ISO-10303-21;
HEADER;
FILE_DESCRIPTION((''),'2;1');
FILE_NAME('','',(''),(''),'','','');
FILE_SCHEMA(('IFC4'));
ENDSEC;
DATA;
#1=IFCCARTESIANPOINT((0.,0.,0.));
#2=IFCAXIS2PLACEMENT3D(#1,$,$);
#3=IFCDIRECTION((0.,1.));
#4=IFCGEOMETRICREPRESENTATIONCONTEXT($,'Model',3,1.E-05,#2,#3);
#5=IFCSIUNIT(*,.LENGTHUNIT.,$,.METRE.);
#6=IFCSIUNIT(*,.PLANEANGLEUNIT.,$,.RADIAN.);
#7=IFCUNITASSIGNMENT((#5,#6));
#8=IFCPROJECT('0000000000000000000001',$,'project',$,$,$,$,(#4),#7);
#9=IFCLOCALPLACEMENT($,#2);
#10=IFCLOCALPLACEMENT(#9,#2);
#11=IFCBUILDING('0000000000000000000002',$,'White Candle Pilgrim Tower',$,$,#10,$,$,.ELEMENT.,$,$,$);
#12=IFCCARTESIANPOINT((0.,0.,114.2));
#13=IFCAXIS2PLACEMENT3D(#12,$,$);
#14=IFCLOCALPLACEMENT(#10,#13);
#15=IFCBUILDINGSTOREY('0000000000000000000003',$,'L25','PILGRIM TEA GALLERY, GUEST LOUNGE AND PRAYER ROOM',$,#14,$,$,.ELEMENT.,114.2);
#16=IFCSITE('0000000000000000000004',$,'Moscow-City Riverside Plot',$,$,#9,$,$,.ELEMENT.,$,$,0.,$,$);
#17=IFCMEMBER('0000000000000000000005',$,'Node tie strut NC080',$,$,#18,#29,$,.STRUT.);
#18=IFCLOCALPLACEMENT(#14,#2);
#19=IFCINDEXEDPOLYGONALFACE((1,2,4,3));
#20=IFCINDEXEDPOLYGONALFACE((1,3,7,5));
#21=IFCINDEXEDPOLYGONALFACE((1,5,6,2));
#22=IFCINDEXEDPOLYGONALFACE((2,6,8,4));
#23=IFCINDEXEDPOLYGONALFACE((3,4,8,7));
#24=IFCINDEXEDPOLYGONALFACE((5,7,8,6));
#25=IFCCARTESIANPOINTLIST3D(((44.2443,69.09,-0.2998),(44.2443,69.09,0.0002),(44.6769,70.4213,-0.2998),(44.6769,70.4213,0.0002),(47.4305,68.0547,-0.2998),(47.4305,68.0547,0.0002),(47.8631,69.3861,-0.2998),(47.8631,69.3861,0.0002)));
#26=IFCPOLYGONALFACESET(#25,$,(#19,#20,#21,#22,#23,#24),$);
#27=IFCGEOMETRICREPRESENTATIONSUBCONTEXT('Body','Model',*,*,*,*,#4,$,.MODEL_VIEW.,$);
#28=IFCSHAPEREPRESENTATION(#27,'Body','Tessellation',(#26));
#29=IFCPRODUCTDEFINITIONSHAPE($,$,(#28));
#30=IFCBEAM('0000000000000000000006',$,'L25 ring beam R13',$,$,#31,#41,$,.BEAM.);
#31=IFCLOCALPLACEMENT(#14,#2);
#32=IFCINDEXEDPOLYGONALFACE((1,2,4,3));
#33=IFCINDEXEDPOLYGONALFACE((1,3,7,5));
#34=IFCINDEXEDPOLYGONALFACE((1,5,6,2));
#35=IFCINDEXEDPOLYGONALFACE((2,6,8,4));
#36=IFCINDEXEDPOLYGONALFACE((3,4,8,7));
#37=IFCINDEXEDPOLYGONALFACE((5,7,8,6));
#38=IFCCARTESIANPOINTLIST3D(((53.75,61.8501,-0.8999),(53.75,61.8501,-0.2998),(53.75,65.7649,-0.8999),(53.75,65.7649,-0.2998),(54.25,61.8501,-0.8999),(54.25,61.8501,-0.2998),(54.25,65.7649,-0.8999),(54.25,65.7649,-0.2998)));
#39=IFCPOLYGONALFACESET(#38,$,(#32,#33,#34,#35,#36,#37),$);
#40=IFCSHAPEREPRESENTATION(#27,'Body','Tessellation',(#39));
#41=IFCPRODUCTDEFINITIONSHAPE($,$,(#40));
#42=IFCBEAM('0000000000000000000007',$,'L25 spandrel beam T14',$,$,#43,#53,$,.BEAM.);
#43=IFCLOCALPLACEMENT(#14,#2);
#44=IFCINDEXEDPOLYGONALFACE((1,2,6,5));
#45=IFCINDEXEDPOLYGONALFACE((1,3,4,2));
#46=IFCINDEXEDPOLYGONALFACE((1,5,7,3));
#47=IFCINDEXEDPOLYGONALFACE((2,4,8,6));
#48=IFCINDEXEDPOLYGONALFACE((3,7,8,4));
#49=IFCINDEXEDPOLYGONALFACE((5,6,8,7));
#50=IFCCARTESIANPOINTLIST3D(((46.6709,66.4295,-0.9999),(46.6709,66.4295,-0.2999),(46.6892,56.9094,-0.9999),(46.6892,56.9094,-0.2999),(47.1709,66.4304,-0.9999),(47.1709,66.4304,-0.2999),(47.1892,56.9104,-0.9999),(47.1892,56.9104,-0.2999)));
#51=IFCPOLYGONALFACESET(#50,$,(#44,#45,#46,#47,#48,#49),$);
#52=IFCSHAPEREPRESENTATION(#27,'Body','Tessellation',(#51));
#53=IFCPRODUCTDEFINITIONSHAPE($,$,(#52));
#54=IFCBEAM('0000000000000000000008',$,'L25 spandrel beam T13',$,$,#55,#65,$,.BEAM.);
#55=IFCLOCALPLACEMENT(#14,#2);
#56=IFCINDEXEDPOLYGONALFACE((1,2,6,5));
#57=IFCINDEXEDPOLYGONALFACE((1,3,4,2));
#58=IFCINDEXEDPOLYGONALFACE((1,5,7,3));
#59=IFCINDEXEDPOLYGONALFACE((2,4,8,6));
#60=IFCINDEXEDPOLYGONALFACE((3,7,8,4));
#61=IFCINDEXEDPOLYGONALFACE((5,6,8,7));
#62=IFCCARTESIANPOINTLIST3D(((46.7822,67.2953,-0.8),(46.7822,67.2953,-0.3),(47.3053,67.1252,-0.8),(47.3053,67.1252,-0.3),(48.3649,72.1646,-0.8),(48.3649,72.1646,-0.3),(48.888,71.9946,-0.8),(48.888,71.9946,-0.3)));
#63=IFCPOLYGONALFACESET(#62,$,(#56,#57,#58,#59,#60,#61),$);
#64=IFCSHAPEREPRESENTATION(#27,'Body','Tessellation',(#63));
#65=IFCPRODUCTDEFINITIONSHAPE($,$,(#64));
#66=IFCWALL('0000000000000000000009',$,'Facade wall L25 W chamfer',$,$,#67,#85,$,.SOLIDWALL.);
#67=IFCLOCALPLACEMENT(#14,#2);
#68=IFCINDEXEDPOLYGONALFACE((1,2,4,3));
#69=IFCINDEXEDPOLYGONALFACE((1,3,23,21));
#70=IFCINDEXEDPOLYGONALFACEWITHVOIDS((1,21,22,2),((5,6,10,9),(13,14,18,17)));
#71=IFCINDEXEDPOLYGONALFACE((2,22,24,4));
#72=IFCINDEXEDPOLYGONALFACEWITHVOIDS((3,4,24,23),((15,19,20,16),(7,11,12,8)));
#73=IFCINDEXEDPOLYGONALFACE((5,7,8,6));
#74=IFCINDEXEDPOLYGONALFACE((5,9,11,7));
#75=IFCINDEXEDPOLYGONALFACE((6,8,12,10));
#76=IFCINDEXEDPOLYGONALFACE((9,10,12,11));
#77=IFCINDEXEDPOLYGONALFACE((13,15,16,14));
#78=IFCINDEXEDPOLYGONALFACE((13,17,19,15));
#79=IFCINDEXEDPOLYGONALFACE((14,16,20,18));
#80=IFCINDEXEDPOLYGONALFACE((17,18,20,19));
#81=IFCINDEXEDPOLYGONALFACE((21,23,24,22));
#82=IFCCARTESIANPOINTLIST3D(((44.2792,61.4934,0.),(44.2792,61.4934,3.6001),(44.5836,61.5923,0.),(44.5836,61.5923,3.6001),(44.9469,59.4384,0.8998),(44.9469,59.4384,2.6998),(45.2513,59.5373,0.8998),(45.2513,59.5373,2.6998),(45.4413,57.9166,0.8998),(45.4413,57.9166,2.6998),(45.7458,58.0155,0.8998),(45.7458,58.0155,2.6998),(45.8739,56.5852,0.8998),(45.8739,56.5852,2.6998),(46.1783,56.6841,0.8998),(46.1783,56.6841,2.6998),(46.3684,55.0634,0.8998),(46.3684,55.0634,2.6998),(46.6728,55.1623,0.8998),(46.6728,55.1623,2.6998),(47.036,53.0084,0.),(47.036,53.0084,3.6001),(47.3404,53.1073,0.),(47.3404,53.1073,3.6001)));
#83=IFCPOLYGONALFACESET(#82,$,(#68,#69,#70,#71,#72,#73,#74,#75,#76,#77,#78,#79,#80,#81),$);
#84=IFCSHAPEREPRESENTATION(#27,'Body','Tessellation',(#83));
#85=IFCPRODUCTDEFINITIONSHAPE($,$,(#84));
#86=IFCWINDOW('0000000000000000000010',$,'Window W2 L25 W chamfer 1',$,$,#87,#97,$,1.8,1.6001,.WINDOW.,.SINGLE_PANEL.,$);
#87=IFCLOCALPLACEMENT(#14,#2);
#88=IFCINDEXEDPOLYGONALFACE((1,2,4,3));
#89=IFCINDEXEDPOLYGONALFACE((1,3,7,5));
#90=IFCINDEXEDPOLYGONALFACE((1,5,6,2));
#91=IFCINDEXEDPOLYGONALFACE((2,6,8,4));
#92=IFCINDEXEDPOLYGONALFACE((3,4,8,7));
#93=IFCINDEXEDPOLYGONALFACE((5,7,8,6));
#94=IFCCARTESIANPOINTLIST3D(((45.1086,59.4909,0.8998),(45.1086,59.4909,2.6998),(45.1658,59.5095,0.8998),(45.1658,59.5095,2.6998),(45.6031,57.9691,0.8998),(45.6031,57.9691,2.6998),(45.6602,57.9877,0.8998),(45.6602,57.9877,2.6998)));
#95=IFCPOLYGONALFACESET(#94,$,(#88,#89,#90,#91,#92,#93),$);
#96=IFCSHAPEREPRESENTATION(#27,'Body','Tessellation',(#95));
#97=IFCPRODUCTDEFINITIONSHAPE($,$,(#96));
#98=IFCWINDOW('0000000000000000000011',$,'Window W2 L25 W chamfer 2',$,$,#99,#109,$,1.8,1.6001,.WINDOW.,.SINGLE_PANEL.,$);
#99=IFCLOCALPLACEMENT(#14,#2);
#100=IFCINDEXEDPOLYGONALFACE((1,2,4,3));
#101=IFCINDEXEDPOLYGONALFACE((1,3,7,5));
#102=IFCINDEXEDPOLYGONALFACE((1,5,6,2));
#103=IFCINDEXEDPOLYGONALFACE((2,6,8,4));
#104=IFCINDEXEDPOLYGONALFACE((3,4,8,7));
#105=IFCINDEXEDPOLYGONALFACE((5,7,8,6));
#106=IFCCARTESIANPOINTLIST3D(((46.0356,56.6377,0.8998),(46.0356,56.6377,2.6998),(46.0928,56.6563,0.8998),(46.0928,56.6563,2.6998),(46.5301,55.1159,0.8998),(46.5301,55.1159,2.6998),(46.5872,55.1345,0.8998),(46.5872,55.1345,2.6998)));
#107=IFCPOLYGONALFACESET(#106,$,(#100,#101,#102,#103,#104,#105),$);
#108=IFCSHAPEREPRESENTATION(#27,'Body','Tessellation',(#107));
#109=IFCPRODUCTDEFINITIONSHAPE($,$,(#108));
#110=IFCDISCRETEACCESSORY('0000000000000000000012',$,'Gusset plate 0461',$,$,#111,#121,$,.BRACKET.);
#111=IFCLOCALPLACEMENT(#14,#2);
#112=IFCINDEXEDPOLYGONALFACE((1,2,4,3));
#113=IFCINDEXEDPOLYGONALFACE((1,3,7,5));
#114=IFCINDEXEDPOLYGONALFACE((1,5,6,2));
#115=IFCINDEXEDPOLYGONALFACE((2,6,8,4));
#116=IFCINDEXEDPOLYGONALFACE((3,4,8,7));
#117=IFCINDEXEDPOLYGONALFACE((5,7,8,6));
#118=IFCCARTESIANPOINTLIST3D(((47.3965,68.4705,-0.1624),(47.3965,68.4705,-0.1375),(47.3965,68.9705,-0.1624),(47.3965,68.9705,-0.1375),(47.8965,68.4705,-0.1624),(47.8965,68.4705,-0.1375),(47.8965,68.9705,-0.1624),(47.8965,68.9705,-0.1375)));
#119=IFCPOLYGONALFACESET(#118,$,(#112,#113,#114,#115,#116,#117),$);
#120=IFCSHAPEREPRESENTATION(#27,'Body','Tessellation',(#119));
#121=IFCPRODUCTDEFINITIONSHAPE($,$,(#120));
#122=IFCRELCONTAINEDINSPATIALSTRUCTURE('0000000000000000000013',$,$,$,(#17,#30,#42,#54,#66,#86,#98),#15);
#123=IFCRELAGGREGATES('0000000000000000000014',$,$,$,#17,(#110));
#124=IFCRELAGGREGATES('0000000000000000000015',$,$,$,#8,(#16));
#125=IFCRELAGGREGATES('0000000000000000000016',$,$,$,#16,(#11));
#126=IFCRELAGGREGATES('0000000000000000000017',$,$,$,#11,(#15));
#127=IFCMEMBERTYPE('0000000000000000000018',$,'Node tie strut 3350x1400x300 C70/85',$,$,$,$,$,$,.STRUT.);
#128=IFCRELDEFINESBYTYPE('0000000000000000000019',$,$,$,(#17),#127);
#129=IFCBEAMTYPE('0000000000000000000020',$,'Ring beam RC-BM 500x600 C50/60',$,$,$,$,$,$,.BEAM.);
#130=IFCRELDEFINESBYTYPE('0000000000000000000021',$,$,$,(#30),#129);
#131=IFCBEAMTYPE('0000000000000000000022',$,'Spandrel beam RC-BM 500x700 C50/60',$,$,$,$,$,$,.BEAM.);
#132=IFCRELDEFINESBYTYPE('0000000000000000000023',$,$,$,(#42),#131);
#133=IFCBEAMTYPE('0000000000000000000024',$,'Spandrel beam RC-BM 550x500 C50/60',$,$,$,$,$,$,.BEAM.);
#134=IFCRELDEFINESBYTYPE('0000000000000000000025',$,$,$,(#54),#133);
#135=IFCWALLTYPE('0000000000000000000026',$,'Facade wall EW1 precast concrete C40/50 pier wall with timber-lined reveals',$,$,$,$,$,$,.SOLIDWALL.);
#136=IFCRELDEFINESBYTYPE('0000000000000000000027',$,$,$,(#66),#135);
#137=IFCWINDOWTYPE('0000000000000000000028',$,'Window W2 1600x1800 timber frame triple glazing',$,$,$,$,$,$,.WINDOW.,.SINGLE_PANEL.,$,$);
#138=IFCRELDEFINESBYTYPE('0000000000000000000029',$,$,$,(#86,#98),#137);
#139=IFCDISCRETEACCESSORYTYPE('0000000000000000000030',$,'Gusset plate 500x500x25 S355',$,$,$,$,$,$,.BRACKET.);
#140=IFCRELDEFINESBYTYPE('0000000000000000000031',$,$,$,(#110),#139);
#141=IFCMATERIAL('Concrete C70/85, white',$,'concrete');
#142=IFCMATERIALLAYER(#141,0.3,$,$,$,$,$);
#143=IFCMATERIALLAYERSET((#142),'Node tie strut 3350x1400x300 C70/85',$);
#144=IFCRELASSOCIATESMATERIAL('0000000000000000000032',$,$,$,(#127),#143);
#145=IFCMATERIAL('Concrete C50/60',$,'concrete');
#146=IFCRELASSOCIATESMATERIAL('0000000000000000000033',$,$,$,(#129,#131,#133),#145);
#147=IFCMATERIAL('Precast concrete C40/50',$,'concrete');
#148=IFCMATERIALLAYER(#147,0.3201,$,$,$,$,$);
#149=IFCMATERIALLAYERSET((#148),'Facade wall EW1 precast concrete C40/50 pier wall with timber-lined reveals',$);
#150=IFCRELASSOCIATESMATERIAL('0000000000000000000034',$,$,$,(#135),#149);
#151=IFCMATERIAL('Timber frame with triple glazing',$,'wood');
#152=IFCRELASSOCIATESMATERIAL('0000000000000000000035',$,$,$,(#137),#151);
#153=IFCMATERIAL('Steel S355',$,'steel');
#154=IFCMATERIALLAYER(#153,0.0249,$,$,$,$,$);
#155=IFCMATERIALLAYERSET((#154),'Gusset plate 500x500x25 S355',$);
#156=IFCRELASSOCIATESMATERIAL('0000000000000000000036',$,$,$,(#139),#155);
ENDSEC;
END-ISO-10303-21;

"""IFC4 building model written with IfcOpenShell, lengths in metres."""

from ifc_helpers import new_model, si_unit, direction, frame, frame_2d, origin, origin_2d, place, context, subcontext, project, spatial, rectangle, extrude, material, layer, layer_set, material_profile, profile_set, type_object, element, fill, aggregate, save


model = new_model("IFC4")

# Units and contexts
model_context = context("Model", 3, precision=1e-05, world=origin(), true_north=direction((0.0, 1.0)))
body_context = subcontext(model_context, "Body", "Model", "MODEL_VIEW")
ifc_project = project(units=[si_unit("LENGTHUNIT", "METRE"), si_unit("PLANEANGLEUNIT", "RADIAN")], contexts=[model_context])

# Site, building, storey
site_placement = place(None, origin())
site = spatial("IfcSite", under=ifc_project, at=site_placement, Name="Moscow-City Riverside Plot", CompositionType="ELEMENT", RefElevation=0.0)
building_placement = place(site_placement, origin())
building = spatial("IfcBuilding", under=site, at=building_placement, Name="White Candle Pilgrim Tower", CompositionType="ELEMENT")
storey_placement = place(building_placement, frame((0.0, 0.0, 114.2)))
storey = spatial("IfcBuildingStorey", under=building, at=storey_placement, Name="L25", Description="PILGRIM TEA GALLERY, GUEST LOUNGE AND PRAYER ROOM", CompositionType="ELEMENT", Elevation=114.2)

# Member
ifc_material_1 = material(Name="Concrete C70/85, white", Category="concrete")
ifc_layer_1 = layer(ifc_material_1, 0.3)
ifc_layer_set_1 = layer_set([ifc_layer_1], Name="Node tie strut 3350x1400x300 C70/85")
member_type_1 = type_object("IfcMemberType", Name="Node tie strut 3350x1400x300 C70/85", PredefinedType="STRUT", material=ifc_layer_set_1)
member_1_placement = place(storey_placement, frame((46.0537, 69.238, -0.2998), z_axis=(0.0, 0.0, 1.0), x_axis=(-0.309017, -0.951057, 0.0)))
member_1 = element("IfcMember", 1, at=member_1_placement, inside=storey, type_object=member_type_1, Name="Node tie strut NC080", PredefinedType="STRUT", context=body_context, shape_type="SweptSolid", body=[
    extrude(rectangle(XDim=1.3999, YDim=3.3501, at=origin_2d()), origin(), (0.0, 0.0, 1.0), 0.3),
])

# Beams
ifc_material_2 = material(Name="Concrete C50/60", Category="concrete")
ifc_material_profile_1 = material_profile(ifc_material_2, rectangle(XDim=0.5, YDim=0.6001, at=origin_2d()), Name="RC-BM 500x600")
ifc_profile_set_1 = profile_set([ifc_material_profile_1], Name="Concrete C50/60")
beam_type_1 = type_object("IfcBeamType", Name="Ring beam RC-BM 500x600 C50/60", PredefinedType="BEAM", material=ifc_profile_set_1)
beam_1_placement = place(storey_placement, frame((54.0, 65.7649, -0.5999), z_axis=(0.0, -1.0, 0.0), x_axis=(1.0, 0.0, 0.0)))
element("IfcBeam", 2, at=beam_1_placement, inside=storey, type_object=beam_type_1, Name="L25 ring beam R13", PredefinedType="BEAM", context=body_context, shape_type="SweptSolid", body=[
    extrude(rectangle(XDim=0.5, YDim=0.6001, at=origin_2d()), origin(), (0.0, 0.0, 1.0), 3.9148),
])
ifc_material_profile_2 = material_profile(ifc_material_2, rectangle(XDim=0.5, YDim=0.7, at=origin_2d()), Name="RC-BM 500x700")
ifc_profile_set_2 = profile_set([ifc_material_profile_2], Name="Concrete C50/60")
beam_type_2 = type_object("IfcBeamType", Name="Spandrel beam RC-BM 500x700 C50/60", PredefinedType="BEAM", material=ifc_profile_set_2)
beam_2_placement = place(storey_placement, frame((46.9209, 66.4299, -0.6499), z_axis=(0.001923, -0.999998, 0.0), x_axis=(0.999998, 0.001923, 0.0)))
element("IfcBeam", 3, at=beam_2_placement, inside=storey, type_object=beam_type_2, Name="L25 spandrel beam T14", PredefinedType="BEAM", context=body_context, shape_type="SweptSolid", body=[
    extrude(rectangle(XDim=0.5, YDim=0.7, at=origin_2d()), origin(), (0.0, 0.0, 1.0), 9.52),
])
ifc_material_profile_3 = material_profile(ifc_material_2, rectangle(XDim=0.55, YDim=0.5, at=origin_2d()), Name="RC-BM 550x500")
ifc_profile_set_3 = profile_set([ifc_material_profile_3], Name="Concrete C50/60")
beam_type_3 = type_object("IfcBeamType", Name="Spandrel beam RC-BM 550x500 C50/60", PredefinedType="BEAM", material=ifc_profile_set_3)
beam_3_placement = place(storey_placement, frame((48.6265, 72.0796, -0.55), z_axis=(-0.309124, -0.951022, 0.0), x_axis=(0.951022, -0.309124, 0.0)))
element("IfcBeam", 4, at=beam_3_placement, inside=storey, type_object=beam_type_3, Name="L25 spandrel beam T13", PredefinedType="BEAM", context=body_context, shape_type="SweptSolid", body=[
    extrude(rectangle(XDim=0.55, YDim=0.5, at=origin_2d()), origin(), (0.0, 0.0, 1.0), 5.1201),
])

# Wall, openings, windows
ifc_material_3 = material(Name="Precast concrete C40/50", Category="concrete")
ifc_layer_2 = layer(ifc_material_3, 0.3201)
ifc_layer_set_2 = layer_set([ifc_layer_2], Name="Facade wall EW1 precast concrete C40/50 pier wall with timber-lined reveals")
wall_type_1 = type_object("IfcWallType", Name="Facade wall EW1 precast concrete C40/50 pier wall with timber-lined reveals", PredefinedType="SOLIDWALL", material=ifc_layer_set_2)
wall_1_placement = place(storey_placement, frame((44.4314, 61.543, 0.0), z_axis=(0.0, 0.0, 1.0), x_axis=(0.309003, -0.951061, 0.0)))
wall_1 = element("IfcWall", 5, at=wall_1_placement, inside=storey, type_object=wall_type_1, Name="Facade wall L25 W chamfer", PredefinedType="SOLIDWALL", context=body_context, shape_type="SweptSolid", body=[
    extrude(rectangle(XDim=8.9216, YDim=0.3201, at=frame_2d((4.4609, 0.0))), origin(), (0.0, 0.0, 1.0), 3.6001),
])
opening_1_placement = place(wall_1_placement, frame((2.1609, 0.0, 0.8999)))
opening_1 = element("IfcOpeningElement", 6, at=opening_1_placement, cuts=wall_1, PredefinedType="OPENING", context=body_context, shape_type="SweptSolid", body=[
    extrude(rectangle(XDim=1.6001, YDim=1.8, at=frame_2d((0.8, 0.8999))), frame((0.0, 0.1699, 0.0), z_axis=(0.0, -1.0, 0.0), x_axis=(1.0, 0.0, 0.0)), (0.0, 0.0, 1.0), 0.3401),
])
opening_2_placement = place(wall_1_placement, frame((5.1609, 0.0, 0.8999)))
opening_2 = element("IfcOpeningElement", 7, at=opening_2_placement, cuts=wall_1, PredefinedType="OPENING", context=body_context, shape_type="SweptSolid", body=[
    extrude(rectangle(XDim=1.6001, YDim=1.8, at=frame_2d((0.8, 0.8999))), frame((0.0, 0.1699, 0.0), z_axis=(0.0, -1.0, 0.0), x_axis=(1.0, 0.0, 0.0)), (0.0, 0.0, 1.0), 0.3401),
])
ifc_material_4 = material(Name="Timber frame with triple glazing", Category="wood")
window_type = type_object("IfcWindowType", Name="Window W2 1600x1800 timber frame triple glazing", PartitioningType="SINGLE_PANEL", PredefinedType="WINDOW", material=ifc_material_4)
window_1_placement = place(opening_1_placement, origin())
window_1 = element("IfcWindow", 8, at=window_1_placement, inside=storey, type_object=window_type, Name="Window W2 L25 W chamfer 1", OverallHeight=1.8, OverallWidth=1.6001, PartitioningType="SINGLE_PANEL", PredefinedType="WINDOW", context=body_context, shape_type="SweptSolid", body=[
    extrude(rectangle(XDim=1.6001, YDim=1.8, at=frame_2d((0.8, 0.8999))), frame((0.0, 0.0701, 0.0), z_axis=(0.0, -1.0, 0.0), x_axis=(1.0, 0.0, 0.0)), (0.0, 0.0, 1.0), 0.0601),
])
fill(opening_1, window_1)
window_2_placement = place(opening_2_placement, origin())
window_2 = element("IfcWindow", 9, at=window_2_placement, inside=storey, type_object=window_type, Name="Window W2 L25 W chamfer 2", OverallHeight=1.8, OverallWidth=1.6001, PartitioningType="SINGLE_PANEL", PredefinedType="WINDOW", context=body_context, shape_type="SweptSolid", body=[
    extrude(rectangle(XDim=1.6001, YDim=1.8, at=frame_2d((0.8, 0.8999))), frame((0.0, 0.0701, 0.0), z_axis=(0.0, -1.0, 0.0), x_axis=(1.0, 0.0, 0.0)), (0.0, 0.0, 1.0), 0.0601),
])
fill(opening_2, window_2)

# Discrete accessory
ifc_material_5 = material(Name="Steel S355", Category="steel")
ifc_layer_3 = layer(ifc_material_5, 0.0249)
ifc_layer_set_3 = layer_set([ifc_layer_3], Name="Gusset plate 500x500x25 S355")
discrete_accessory_type = type_object("IfcDiscreteAccessoryType", Name="Gusset plate 500x500x25 S355", PredefinedType="BRACKET", material=ifc_layer_set_3)
discrete_accessory_1_placement = place(storey_placement, frame((47.6465, 68.7205, -0.1624), z_axis=(0.0, 0.0, 1.0), x_axis=(1.0, 0.0, 0.0)))
discrete_accessory_1 = element("IfcDiscreteAccessory", 10, at=discrete_accessory_1_placement, type_object=discrete_accessory_type, Name="Gusset plate 0461", PredefinedType="BRACKET", context=body_context, shape_type="SweptSolid", body=[
    extrude(rectangle(XDim=0.5, YDim=0.5, at=origin_2d()), origin(), (0.0, 0.0, 1.0), 0.0249),
])
aggregate(member_1, [discrete_accessory_1])

save(model, "model.ifc")
